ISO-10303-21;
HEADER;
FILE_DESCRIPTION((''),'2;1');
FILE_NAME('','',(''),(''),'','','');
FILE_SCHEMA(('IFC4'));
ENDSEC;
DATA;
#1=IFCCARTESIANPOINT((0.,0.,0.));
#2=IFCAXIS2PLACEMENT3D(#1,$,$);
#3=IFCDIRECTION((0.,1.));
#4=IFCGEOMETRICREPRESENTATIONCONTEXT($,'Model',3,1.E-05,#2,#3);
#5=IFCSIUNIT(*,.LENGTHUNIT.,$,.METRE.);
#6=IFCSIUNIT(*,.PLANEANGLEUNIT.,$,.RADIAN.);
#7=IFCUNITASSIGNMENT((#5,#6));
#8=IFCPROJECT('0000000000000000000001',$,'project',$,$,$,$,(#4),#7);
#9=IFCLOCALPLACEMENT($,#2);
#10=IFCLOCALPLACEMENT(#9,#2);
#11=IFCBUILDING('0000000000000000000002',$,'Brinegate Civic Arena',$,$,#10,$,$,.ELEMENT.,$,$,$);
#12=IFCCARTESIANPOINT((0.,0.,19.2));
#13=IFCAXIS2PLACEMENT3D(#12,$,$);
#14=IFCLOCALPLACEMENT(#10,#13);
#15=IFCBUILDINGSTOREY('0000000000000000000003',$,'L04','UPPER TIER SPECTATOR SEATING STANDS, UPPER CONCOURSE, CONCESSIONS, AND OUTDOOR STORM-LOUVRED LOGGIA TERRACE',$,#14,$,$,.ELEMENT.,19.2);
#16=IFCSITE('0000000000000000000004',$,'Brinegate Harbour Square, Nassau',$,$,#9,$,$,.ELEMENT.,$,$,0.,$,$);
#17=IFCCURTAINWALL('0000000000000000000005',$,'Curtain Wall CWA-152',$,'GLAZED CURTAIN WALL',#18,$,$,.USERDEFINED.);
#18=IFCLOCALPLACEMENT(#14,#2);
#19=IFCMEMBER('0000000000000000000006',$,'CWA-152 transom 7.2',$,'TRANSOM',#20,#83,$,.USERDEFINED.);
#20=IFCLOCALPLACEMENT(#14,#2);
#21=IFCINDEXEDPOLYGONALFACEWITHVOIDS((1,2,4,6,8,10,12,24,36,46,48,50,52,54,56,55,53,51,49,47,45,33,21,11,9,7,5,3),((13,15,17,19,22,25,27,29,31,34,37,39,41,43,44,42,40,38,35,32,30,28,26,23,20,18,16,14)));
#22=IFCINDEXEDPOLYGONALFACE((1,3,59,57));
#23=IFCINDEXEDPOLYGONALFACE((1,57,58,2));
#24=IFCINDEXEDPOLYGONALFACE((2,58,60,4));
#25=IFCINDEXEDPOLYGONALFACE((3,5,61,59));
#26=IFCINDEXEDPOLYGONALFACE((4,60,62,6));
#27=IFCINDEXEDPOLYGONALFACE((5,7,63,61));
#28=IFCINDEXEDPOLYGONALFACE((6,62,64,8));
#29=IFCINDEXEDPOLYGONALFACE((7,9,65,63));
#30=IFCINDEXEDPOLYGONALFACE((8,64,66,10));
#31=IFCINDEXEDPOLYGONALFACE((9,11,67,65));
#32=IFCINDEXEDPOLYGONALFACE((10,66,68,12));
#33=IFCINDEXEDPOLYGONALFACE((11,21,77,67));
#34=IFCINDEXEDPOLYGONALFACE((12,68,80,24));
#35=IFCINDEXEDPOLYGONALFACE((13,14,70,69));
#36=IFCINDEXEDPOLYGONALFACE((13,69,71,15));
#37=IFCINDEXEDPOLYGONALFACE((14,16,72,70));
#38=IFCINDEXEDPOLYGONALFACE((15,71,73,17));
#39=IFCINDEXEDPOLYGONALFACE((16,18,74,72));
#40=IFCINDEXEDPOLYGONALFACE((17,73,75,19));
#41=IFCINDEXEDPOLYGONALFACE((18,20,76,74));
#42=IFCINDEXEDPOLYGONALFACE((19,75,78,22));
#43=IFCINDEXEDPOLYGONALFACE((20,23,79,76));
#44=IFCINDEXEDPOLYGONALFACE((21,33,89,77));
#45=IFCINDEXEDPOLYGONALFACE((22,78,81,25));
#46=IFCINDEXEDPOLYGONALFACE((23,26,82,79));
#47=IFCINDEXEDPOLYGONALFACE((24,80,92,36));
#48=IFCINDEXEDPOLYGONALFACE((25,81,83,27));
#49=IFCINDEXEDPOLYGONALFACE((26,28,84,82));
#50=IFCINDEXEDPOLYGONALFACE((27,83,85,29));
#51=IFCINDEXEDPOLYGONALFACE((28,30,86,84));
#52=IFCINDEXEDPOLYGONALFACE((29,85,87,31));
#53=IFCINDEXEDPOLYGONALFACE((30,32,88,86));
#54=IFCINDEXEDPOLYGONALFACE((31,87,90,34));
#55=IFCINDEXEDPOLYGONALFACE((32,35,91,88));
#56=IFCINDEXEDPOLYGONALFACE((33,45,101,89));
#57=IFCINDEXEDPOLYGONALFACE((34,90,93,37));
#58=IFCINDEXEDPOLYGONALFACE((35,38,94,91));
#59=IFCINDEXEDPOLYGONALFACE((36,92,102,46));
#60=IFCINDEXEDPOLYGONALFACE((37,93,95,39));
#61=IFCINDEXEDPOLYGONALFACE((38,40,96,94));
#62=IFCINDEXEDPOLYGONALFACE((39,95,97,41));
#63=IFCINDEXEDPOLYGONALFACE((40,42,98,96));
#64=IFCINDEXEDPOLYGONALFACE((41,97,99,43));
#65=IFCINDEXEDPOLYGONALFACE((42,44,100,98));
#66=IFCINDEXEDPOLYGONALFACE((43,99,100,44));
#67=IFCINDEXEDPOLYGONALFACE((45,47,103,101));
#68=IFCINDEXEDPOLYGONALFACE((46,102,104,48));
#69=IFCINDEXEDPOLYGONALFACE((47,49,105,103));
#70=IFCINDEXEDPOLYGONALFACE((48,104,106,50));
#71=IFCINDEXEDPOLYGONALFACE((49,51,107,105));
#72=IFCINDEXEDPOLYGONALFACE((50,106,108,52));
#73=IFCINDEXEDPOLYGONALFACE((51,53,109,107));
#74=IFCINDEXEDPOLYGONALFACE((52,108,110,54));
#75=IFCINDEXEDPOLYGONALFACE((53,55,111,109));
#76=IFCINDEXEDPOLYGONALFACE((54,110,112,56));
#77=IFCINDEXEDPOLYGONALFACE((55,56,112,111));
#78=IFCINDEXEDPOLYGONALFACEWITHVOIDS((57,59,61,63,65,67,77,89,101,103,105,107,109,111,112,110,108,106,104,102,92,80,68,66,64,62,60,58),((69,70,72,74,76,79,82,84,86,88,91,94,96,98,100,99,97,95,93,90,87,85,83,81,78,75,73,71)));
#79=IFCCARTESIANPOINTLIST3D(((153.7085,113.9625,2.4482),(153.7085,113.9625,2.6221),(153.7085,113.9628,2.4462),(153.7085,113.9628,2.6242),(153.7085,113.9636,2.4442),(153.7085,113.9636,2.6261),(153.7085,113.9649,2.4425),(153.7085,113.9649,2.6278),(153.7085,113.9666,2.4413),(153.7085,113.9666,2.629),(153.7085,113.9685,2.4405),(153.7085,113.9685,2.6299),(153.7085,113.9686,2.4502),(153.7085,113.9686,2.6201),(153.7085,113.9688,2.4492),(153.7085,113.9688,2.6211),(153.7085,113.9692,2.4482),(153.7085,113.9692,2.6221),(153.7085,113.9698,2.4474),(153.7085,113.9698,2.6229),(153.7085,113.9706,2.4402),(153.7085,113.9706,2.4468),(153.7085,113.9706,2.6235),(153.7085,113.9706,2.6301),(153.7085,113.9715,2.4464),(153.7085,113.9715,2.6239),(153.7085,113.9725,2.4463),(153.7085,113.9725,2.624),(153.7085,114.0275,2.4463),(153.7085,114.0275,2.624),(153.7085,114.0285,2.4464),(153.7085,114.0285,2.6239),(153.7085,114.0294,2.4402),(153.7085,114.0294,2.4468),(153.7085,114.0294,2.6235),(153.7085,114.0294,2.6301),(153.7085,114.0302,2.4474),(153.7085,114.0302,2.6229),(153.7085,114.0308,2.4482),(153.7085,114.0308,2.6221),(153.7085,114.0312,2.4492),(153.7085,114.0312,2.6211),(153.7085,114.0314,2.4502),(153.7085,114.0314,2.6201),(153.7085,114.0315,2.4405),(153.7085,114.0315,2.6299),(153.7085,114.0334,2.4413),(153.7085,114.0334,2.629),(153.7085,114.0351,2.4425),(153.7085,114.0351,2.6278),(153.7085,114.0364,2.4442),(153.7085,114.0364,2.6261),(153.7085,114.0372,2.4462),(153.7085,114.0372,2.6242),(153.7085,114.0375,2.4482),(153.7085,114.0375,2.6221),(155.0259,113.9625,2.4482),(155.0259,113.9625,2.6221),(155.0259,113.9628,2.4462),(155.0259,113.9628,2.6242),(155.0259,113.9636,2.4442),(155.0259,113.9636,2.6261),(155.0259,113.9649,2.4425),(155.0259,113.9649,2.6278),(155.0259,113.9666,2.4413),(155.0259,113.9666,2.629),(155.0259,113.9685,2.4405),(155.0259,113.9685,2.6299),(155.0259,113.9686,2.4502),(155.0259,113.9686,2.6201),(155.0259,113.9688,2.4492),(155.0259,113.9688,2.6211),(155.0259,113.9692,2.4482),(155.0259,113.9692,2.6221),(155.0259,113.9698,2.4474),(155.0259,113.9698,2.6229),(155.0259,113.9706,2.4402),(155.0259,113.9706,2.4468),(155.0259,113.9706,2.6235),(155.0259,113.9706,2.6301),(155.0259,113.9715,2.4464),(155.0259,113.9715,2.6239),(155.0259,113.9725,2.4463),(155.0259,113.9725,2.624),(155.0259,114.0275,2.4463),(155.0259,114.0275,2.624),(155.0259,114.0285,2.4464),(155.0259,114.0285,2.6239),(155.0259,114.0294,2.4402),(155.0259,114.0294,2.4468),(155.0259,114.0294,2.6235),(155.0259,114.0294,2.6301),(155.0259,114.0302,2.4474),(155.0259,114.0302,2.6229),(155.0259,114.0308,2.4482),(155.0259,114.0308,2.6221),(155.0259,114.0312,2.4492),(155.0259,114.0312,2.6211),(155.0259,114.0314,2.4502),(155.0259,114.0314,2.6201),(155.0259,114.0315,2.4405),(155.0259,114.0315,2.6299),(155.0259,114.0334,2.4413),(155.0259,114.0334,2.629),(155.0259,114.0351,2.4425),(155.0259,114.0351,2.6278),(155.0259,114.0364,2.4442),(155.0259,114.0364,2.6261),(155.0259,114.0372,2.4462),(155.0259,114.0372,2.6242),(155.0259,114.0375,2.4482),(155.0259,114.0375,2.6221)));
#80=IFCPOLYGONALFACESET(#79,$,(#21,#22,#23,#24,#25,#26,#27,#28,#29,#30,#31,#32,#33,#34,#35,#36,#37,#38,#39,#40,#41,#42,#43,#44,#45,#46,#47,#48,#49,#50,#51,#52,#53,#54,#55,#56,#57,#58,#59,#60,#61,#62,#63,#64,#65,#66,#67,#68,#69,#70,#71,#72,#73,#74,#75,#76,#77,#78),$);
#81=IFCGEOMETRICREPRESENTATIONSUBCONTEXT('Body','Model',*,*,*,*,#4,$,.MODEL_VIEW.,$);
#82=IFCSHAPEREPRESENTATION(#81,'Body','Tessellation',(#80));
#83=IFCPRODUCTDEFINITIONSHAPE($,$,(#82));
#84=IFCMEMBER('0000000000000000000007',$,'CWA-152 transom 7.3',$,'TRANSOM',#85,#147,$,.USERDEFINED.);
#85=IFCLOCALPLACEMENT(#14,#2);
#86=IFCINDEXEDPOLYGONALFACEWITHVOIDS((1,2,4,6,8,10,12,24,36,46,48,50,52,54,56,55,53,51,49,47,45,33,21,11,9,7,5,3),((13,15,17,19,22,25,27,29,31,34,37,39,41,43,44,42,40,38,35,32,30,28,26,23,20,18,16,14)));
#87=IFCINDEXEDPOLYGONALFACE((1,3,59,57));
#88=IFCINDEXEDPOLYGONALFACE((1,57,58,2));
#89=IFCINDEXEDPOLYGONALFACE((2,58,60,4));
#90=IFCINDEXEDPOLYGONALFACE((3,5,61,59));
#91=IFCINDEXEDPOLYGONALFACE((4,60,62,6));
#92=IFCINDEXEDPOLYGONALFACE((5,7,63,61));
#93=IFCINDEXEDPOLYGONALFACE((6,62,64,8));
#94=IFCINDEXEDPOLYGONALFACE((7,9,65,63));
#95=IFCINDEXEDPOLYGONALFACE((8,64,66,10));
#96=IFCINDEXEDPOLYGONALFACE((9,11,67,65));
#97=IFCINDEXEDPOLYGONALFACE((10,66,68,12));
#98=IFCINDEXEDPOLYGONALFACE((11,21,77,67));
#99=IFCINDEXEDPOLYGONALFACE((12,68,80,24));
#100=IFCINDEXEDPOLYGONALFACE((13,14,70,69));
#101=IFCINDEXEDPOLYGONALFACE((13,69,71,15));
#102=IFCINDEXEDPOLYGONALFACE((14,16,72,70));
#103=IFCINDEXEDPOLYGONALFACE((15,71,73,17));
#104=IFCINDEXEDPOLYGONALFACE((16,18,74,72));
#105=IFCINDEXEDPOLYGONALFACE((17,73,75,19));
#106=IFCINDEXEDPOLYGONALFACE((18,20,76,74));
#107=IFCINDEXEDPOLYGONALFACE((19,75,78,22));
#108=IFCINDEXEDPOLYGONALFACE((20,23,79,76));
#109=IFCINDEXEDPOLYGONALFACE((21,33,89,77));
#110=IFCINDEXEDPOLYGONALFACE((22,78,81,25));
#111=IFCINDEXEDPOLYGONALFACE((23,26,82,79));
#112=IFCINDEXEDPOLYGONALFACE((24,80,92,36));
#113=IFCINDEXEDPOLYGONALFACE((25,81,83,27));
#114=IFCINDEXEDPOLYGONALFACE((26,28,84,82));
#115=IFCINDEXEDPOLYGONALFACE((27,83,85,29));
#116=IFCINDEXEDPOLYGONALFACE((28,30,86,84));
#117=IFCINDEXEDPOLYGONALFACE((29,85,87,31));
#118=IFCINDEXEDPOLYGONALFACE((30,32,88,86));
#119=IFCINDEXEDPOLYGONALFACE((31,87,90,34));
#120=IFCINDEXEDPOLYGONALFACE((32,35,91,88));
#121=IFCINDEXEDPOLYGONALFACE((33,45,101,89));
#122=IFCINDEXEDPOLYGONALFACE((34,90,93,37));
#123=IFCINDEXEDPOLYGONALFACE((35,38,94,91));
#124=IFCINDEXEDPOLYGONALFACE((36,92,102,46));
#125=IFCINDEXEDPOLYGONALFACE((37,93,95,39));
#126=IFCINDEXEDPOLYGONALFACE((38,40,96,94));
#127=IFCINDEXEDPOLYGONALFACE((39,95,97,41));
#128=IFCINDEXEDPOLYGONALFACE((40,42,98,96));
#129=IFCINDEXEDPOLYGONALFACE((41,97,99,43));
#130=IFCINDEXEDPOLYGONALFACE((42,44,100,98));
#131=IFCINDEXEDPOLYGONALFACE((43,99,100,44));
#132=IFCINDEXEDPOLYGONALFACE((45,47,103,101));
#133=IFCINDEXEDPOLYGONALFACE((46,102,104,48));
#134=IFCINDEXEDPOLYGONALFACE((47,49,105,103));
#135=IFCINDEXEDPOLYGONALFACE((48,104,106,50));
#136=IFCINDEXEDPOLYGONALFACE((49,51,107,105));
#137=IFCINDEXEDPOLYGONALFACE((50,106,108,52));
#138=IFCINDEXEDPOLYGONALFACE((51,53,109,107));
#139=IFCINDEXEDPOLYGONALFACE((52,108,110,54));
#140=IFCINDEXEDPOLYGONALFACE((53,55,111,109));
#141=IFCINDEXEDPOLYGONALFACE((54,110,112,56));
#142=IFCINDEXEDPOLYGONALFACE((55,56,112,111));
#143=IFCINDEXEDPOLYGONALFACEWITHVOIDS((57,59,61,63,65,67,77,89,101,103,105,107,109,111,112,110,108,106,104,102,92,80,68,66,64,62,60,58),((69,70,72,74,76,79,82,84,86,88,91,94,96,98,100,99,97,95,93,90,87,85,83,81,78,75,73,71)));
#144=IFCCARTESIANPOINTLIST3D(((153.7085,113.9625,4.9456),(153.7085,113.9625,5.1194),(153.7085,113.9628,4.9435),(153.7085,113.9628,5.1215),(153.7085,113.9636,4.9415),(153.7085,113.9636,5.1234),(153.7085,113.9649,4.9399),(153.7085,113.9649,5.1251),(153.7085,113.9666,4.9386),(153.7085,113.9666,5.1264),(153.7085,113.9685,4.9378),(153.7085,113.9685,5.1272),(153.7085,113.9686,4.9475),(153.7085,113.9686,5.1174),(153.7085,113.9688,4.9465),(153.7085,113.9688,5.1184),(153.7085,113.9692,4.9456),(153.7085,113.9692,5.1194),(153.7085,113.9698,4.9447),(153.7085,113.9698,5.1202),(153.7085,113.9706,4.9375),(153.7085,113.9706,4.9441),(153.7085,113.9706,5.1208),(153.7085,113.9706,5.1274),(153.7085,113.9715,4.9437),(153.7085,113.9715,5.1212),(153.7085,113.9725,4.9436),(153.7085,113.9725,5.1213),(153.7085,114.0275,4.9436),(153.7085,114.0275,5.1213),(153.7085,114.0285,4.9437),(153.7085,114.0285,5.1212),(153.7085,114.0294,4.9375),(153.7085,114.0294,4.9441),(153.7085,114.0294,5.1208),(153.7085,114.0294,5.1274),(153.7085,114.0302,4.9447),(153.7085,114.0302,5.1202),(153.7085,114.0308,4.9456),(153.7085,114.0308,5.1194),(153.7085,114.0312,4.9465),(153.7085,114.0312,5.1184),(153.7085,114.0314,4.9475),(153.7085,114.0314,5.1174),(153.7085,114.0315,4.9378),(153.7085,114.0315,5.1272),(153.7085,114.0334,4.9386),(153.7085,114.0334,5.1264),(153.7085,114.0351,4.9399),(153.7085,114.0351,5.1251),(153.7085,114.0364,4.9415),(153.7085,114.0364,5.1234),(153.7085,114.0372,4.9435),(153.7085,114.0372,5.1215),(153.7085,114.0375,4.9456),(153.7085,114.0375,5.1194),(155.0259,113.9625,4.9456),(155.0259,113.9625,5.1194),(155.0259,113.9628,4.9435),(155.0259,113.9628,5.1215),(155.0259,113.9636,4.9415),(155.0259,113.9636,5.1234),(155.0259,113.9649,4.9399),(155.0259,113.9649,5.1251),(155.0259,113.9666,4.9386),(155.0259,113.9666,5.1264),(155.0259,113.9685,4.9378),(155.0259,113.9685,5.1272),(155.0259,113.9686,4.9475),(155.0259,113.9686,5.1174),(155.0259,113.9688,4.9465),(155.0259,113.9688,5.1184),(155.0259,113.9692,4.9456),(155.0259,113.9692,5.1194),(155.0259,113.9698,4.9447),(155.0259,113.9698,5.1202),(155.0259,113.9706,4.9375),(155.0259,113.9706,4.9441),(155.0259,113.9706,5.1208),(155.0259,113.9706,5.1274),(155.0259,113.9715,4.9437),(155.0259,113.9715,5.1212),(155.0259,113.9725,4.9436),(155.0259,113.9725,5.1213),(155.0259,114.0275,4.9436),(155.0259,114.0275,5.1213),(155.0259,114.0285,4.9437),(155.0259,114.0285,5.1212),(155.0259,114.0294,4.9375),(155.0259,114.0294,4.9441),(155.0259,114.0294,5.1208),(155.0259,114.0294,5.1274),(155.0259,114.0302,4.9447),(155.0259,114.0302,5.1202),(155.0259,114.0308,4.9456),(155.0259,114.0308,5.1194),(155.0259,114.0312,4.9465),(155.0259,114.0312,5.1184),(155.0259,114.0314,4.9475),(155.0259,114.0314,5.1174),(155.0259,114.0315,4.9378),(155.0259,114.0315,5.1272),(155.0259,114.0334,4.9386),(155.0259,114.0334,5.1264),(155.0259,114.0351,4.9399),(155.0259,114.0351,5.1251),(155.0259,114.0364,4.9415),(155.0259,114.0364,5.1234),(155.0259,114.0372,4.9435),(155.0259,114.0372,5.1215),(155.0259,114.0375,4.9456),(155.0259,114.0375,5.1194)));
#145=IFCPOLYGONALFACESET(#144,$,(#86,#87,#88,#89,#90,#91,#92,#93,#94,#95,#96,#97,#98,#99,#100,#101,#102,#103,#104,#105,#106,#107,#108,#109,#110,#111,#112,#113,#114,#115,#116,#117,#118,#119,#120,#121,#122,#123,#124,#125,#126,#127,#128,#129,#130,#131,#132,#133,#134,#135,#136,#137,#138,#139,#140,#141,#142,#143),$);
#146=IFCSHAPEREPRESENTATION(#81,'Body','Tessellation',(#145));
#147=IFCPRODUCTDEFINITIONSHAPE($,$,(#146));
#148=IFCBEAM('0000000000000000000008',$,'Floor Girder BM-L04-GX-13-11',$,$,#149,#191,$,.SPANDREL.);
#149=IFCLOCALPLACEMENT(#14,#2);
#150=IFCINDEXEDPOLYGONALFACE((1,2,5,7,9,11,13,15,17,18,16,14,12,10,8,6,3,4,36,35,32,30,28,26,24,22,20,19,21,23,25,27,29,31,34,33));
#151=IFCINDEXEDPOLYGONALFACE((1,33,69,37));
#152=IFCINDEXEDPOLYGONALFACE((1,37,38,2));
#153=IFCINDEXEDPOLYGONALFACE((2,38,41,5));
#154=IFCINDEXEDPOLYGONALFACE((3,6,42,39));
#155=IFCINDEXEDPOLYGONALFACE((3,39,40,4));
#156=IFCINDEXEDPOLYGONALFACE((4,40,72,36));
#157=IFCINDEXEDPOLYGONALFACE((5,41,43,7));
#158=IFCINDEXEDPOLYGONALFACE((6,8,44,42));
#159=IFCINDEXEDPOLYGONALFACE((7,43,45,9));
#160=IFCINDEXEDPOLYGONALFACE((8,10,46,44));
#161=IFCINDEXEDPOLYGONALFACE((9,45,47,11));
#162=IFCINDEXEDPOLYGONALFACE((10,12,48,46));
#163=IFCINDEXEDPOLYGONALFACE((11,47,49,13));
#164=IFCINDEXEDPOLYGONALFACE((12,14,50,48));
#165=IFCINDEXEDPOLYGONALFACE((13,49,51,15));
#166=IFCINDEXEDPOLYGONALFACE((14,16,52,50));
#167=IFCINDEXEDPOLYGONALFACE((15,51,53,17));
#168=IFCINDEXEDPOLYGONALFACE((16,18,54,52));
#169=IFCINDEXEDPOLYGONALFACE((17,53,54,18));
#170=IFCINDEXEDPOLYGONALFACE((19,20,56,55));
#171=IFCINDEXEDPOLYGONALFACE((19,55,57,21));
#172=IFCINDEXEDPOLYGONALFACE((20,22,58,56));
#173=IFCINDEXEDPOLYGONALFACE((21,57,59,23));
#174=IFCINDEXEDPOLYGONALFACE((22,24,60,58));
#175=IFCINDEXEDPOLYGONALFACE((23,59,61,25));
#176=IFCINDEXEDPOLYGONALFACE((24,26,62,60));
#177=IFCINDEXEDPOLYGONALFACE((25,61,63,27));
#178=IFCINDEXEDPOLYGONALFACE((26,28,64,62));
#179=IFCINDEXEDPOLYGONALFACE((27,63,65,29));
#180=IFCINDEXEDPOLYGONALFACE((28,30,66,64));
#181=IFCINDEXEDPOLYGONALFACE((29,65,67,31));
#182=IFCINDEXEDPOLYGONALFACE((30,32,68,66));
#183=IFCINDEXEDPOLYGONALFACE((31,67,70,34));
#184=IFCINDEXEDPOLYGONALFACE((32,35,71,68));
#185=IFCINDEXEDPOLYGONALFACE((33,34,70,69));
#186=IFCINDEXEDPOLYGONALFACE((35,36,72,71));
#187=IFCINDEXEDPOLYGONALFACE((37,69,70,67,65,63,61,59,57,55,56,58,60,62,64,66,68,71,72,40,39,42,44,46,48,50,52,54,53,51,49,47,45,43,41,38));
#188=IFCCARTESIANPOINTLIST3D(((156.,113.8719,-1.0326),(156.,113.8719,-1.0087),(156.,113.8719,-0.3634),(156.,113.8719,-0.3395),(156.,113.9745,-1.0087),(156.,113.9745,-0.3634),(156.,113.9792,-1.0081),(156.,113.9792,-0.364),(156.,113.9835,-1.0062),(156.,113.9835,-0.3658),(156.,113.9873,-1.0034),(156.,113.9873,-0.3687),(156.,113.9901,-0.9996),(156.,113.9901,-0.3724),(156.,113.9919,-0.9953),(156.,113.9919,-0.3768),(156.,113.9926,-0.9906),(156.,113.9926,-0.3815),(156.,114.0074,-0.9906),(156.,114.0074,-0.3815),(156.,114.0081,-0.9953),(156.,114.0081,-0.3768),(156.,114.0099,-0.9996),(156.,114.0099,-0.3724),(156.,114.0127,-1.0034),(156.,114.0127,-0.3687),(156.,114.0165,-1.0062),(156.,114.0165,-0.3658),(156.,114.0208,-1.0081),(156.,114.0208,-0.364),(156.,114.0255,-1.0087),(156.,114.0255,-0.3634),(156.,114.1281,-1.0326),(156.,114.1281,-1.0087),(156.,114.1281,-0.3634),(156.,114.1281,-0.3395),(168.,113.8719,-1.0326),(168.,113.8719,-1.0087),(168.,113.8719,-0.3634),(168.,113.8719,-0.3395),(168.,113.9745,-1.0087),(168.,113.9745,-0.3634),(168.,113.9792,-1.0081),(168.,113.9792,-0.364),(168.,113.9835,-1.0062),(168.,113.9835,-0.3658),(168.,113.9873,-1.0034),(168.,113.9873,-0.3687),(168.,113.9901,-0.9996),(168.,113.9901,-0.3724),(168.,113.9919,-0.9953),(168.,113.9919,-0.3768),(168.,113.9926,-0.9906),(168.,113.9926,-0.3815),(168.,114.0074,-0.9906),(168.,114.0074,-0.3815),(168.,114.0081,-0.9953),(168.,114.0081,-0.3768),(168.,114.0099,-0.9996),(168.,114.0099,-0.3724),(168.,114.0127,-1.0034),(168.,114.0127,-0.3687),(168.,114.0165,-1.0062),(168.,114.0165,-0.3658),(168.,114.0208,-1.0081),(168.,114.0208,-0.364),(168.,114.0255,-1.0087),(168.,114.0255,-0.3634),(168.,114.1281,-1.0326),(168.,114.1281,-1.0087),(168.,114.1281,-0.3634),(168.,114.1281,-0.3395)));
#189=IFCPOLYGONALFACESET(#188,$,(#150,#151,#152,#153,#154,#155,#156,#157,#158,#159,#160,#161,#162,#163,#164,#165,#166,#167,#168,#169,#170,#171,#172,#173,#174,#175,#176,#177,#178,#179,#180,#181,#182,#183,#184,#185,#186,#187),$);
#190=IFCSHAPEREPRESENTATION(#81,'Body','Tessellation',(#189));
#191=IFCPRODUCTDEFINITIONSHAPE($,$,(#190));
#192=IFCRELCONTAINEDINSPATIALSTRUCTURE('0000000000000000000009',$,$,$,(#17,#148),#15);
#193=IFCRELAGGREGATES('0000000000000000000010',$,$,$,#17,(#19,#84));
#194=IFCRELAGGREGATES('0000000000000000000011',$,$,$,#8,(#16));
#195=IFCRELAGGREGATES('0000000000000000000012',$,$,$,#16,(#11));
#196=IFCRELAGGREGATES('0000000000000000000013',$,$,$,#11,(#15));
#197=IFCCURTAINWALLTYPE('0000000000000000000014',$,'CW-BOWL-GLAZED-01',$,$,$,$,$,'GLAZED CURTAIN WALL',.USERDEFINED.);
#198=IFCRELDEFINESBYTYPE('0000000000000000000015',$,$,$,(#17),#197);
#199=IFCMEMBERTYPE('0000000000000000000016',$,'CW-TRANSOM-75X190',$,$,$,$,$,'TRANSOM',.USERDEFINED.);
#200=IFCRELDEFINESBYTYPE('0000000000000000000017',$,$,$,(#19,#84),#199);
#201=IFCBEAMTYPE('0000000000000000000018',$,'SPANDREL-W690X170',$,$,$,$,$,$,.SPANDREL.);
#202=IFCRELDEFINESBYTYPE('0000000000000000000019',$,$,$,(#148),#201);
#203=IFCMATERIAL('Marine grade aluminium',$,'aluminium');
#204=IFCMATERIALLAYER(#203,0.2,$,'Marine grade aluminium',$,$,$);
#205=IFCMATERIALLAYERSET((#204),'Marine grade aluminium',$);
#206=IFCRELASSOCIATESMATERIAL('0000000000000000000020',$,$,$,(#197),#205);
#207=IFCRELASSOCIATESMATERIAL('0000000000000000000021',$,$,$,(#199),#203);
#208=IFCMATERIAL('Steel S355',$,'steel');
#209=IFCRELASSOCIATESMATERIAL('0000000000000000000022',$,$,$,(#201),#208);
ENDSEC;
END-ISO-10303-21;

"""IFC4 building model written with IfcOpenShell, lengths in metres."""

from ifc_helpers import new_model, si_unit, direction, frame, origin, origin_2d, place, context, subcontext, project, spatial, hollow_rectangle, i_section, extrude, material, layer, layer_set, material_profile, profile_set, type_object, element, aggregate, save


model = new_model("IFC4")

# Units and contexts
model_context = context("Model", 3, precision=1e-05, world=origin(), true_north=direction((0.0, 1.0)))
body_context = subcontext(model_context, "Body", "Model", "MODEL_VIEW")
ifc_project = project(units=[si_unit("LENGTHUNIT", "METRE"), si_unit("PLANEANGLEUNIT", "RADIAN")], contexts=[model_context])

# Site, building, storey
site_placement = place(None, origin())
site = spatial("IfcSite", under=ifc_project, at=site_placement, Name="Brinegate Harbour Square, Nassau", CompositionType="ELEMENT", RefElevation=0.0)
building_placement = place(site_placement, origin())
building = spatial("IfcBuilding", under=site, at=building_placement, Name="Brinegate Civic Arena", CompositionType="ELEMENT")
storey_placement = place(building_placement, frame((0.0, 0.0, 19.2)))
storey = spatial("IfcBuildingStorey", under=building, at=storey_placement, Name="L04", Description="UPPER TIER SPECTATOR SEATING STANDS, UPPER CONCOURSE, CONCESSIONS, AND OUTDOOR STORM-LOUVRED LOGGIA TERRACE", CompositionType="ELEMENT", Elevation=19.2)

# Shared definitions
ifc_material_1 = material(Name="Steel S355", Category="steel")

# Curtain wall, members
ifc_material_2 = material(Name="Marine grade aluminium", Category="aluminium")
ifc_layer_1 = layer(ifc_material_2, 0.2, Name="Marine grade aluminium")
ifc_layer_set_1 = layer_set([ifc_layer_1], Name="Marine grade aluminium")
curtain_wall_type = type_object("IfcCurtainWallType", Name="CW-BOWL-GLAZED-01", ElementType="GLAZED CURTAIN WALL", PredefinedType="USERDEFINED", material=ifc_layer_set_1)
curtain_wall_placement = place(storey_placement, origin())
curtain_wall = element("IfcCurtainWall", 1, at=curtain_wall_placement, inside=storey, type_object=curtain_wall_type, Name="Curtain Wall CWA-152", ObjectType="GLAZED CURTAIN WALL", PredefinedType="USERDEFINED")
ifc_material_profile_1 = material_profile(ifc_material_2, hollow_rectangle(XDim=0.075, YDim=0.1899, WallThickness=0.0061, InnerFilletRadius=0.0039, OuterFilletRadius=0.0081, at=origin_2d()), Name="TRN75X190")
ifc_profile_set_1 = profile_set([ifc_material_profile_1], Name="Marine grade aluminium")
member_type_1 = type_object("IfcMemberType", Name="CW-TRANSOM-75X190", ElementType="TRANSOM", PredefinedType="USERDEFINED", material=ifc_profile_set_1)
member_1_placement = place(storey_placement, frame((153.7085, 114.0, 2.5352), z_axis=(1.0, 0.0, 0.0), x_axis=(0.0, 1.0, 0.0)))
member_1 = element("IfcMember", 2, at=member_1_placement, type_object=member_type_1, Name="CWA-152 transom 7.2", ObjectType="TRANSOM", PredefinedType="USERDEFINED", context=body_context, shape_type="SweptSolid", body=[
    extrude(hollow_rectangle(XDim=0.075, YDim=0.1899, WallThickness=0.0061, InnerFilletRadius=0.0039, OuterFilletRadius=0.0081, at=origin_2d()), origin(), (0.0, 0.0, 1.0), 1.3174),
])
member_2_placement = place(storey_placement, frame((153.7085, 114.0, 5.0325), z_axis=(1.0, 0.0, 0.0), x_axis=(0.0, 1.0, 0.0)))
member_2 = element("IfcMember", 3, at=member_2_placement, type_object=member_type_1, Name="CWA-152 transom 7.3", ObjectType="TRANSOM", PredefinedType="USERDEFINED", context=body_context, shape_type="SweptSolid", body=[
    extrude(hollow_rectangle(XDim=0.075, YDim=0.1899, WallThickness=0.0061, InnerFilletRadius=0.0039, OuterFilletRadius=0.0081, at=origin_2d()), origin(), (0.0, 0.0, 1.0), 1.3174),
])

# Beam
ifc_material_profile_2 = material_profile(ifc_material_1, i_section(OverallWidth=0.2561, OverallDepth=0.6931, WebThickness=0.0149, FlangeThickness=0.0239, FilletRadius=0.0181, at=origin_2d()), Name="W690X170")
ifc_profile_set_2 = profile_set([ifc_material_profile_2], Name="Steel S355")
beam_type = type_object("IfcBeamType", Name="SPANDREL-W690X170", PredefinedType="SPANDREL", material=ifc_profile_set_2)
beam_placement = place(storey_placement, frame((156.0, 114.0, -0.686), z_axis=(1.0, 0.0, 0.0), x_axis=(0.0, 1.0, 0.0)))
element("IfcBeam", 4, at=beam_placement, inside=storey, type_object=beam_type, Name="Floor Girder BM-L04-GX-13-11", PredefinedType="SPANDREL", context=body_context, shape_type="SweptSolid", body=[
    extrude(i_section(OverallWidth=0.2561, OverallDepth=0.6931, WebThickness=0.0149, FlangeThickness=0.0239, FilletRadius=0.0181, at=origin_2d()), origin(), (0.0, 0.0, 1.0), 12.0),
])

aggregate(curtain_wall, [member_1, member_2])

save(model, "model.ifc")
